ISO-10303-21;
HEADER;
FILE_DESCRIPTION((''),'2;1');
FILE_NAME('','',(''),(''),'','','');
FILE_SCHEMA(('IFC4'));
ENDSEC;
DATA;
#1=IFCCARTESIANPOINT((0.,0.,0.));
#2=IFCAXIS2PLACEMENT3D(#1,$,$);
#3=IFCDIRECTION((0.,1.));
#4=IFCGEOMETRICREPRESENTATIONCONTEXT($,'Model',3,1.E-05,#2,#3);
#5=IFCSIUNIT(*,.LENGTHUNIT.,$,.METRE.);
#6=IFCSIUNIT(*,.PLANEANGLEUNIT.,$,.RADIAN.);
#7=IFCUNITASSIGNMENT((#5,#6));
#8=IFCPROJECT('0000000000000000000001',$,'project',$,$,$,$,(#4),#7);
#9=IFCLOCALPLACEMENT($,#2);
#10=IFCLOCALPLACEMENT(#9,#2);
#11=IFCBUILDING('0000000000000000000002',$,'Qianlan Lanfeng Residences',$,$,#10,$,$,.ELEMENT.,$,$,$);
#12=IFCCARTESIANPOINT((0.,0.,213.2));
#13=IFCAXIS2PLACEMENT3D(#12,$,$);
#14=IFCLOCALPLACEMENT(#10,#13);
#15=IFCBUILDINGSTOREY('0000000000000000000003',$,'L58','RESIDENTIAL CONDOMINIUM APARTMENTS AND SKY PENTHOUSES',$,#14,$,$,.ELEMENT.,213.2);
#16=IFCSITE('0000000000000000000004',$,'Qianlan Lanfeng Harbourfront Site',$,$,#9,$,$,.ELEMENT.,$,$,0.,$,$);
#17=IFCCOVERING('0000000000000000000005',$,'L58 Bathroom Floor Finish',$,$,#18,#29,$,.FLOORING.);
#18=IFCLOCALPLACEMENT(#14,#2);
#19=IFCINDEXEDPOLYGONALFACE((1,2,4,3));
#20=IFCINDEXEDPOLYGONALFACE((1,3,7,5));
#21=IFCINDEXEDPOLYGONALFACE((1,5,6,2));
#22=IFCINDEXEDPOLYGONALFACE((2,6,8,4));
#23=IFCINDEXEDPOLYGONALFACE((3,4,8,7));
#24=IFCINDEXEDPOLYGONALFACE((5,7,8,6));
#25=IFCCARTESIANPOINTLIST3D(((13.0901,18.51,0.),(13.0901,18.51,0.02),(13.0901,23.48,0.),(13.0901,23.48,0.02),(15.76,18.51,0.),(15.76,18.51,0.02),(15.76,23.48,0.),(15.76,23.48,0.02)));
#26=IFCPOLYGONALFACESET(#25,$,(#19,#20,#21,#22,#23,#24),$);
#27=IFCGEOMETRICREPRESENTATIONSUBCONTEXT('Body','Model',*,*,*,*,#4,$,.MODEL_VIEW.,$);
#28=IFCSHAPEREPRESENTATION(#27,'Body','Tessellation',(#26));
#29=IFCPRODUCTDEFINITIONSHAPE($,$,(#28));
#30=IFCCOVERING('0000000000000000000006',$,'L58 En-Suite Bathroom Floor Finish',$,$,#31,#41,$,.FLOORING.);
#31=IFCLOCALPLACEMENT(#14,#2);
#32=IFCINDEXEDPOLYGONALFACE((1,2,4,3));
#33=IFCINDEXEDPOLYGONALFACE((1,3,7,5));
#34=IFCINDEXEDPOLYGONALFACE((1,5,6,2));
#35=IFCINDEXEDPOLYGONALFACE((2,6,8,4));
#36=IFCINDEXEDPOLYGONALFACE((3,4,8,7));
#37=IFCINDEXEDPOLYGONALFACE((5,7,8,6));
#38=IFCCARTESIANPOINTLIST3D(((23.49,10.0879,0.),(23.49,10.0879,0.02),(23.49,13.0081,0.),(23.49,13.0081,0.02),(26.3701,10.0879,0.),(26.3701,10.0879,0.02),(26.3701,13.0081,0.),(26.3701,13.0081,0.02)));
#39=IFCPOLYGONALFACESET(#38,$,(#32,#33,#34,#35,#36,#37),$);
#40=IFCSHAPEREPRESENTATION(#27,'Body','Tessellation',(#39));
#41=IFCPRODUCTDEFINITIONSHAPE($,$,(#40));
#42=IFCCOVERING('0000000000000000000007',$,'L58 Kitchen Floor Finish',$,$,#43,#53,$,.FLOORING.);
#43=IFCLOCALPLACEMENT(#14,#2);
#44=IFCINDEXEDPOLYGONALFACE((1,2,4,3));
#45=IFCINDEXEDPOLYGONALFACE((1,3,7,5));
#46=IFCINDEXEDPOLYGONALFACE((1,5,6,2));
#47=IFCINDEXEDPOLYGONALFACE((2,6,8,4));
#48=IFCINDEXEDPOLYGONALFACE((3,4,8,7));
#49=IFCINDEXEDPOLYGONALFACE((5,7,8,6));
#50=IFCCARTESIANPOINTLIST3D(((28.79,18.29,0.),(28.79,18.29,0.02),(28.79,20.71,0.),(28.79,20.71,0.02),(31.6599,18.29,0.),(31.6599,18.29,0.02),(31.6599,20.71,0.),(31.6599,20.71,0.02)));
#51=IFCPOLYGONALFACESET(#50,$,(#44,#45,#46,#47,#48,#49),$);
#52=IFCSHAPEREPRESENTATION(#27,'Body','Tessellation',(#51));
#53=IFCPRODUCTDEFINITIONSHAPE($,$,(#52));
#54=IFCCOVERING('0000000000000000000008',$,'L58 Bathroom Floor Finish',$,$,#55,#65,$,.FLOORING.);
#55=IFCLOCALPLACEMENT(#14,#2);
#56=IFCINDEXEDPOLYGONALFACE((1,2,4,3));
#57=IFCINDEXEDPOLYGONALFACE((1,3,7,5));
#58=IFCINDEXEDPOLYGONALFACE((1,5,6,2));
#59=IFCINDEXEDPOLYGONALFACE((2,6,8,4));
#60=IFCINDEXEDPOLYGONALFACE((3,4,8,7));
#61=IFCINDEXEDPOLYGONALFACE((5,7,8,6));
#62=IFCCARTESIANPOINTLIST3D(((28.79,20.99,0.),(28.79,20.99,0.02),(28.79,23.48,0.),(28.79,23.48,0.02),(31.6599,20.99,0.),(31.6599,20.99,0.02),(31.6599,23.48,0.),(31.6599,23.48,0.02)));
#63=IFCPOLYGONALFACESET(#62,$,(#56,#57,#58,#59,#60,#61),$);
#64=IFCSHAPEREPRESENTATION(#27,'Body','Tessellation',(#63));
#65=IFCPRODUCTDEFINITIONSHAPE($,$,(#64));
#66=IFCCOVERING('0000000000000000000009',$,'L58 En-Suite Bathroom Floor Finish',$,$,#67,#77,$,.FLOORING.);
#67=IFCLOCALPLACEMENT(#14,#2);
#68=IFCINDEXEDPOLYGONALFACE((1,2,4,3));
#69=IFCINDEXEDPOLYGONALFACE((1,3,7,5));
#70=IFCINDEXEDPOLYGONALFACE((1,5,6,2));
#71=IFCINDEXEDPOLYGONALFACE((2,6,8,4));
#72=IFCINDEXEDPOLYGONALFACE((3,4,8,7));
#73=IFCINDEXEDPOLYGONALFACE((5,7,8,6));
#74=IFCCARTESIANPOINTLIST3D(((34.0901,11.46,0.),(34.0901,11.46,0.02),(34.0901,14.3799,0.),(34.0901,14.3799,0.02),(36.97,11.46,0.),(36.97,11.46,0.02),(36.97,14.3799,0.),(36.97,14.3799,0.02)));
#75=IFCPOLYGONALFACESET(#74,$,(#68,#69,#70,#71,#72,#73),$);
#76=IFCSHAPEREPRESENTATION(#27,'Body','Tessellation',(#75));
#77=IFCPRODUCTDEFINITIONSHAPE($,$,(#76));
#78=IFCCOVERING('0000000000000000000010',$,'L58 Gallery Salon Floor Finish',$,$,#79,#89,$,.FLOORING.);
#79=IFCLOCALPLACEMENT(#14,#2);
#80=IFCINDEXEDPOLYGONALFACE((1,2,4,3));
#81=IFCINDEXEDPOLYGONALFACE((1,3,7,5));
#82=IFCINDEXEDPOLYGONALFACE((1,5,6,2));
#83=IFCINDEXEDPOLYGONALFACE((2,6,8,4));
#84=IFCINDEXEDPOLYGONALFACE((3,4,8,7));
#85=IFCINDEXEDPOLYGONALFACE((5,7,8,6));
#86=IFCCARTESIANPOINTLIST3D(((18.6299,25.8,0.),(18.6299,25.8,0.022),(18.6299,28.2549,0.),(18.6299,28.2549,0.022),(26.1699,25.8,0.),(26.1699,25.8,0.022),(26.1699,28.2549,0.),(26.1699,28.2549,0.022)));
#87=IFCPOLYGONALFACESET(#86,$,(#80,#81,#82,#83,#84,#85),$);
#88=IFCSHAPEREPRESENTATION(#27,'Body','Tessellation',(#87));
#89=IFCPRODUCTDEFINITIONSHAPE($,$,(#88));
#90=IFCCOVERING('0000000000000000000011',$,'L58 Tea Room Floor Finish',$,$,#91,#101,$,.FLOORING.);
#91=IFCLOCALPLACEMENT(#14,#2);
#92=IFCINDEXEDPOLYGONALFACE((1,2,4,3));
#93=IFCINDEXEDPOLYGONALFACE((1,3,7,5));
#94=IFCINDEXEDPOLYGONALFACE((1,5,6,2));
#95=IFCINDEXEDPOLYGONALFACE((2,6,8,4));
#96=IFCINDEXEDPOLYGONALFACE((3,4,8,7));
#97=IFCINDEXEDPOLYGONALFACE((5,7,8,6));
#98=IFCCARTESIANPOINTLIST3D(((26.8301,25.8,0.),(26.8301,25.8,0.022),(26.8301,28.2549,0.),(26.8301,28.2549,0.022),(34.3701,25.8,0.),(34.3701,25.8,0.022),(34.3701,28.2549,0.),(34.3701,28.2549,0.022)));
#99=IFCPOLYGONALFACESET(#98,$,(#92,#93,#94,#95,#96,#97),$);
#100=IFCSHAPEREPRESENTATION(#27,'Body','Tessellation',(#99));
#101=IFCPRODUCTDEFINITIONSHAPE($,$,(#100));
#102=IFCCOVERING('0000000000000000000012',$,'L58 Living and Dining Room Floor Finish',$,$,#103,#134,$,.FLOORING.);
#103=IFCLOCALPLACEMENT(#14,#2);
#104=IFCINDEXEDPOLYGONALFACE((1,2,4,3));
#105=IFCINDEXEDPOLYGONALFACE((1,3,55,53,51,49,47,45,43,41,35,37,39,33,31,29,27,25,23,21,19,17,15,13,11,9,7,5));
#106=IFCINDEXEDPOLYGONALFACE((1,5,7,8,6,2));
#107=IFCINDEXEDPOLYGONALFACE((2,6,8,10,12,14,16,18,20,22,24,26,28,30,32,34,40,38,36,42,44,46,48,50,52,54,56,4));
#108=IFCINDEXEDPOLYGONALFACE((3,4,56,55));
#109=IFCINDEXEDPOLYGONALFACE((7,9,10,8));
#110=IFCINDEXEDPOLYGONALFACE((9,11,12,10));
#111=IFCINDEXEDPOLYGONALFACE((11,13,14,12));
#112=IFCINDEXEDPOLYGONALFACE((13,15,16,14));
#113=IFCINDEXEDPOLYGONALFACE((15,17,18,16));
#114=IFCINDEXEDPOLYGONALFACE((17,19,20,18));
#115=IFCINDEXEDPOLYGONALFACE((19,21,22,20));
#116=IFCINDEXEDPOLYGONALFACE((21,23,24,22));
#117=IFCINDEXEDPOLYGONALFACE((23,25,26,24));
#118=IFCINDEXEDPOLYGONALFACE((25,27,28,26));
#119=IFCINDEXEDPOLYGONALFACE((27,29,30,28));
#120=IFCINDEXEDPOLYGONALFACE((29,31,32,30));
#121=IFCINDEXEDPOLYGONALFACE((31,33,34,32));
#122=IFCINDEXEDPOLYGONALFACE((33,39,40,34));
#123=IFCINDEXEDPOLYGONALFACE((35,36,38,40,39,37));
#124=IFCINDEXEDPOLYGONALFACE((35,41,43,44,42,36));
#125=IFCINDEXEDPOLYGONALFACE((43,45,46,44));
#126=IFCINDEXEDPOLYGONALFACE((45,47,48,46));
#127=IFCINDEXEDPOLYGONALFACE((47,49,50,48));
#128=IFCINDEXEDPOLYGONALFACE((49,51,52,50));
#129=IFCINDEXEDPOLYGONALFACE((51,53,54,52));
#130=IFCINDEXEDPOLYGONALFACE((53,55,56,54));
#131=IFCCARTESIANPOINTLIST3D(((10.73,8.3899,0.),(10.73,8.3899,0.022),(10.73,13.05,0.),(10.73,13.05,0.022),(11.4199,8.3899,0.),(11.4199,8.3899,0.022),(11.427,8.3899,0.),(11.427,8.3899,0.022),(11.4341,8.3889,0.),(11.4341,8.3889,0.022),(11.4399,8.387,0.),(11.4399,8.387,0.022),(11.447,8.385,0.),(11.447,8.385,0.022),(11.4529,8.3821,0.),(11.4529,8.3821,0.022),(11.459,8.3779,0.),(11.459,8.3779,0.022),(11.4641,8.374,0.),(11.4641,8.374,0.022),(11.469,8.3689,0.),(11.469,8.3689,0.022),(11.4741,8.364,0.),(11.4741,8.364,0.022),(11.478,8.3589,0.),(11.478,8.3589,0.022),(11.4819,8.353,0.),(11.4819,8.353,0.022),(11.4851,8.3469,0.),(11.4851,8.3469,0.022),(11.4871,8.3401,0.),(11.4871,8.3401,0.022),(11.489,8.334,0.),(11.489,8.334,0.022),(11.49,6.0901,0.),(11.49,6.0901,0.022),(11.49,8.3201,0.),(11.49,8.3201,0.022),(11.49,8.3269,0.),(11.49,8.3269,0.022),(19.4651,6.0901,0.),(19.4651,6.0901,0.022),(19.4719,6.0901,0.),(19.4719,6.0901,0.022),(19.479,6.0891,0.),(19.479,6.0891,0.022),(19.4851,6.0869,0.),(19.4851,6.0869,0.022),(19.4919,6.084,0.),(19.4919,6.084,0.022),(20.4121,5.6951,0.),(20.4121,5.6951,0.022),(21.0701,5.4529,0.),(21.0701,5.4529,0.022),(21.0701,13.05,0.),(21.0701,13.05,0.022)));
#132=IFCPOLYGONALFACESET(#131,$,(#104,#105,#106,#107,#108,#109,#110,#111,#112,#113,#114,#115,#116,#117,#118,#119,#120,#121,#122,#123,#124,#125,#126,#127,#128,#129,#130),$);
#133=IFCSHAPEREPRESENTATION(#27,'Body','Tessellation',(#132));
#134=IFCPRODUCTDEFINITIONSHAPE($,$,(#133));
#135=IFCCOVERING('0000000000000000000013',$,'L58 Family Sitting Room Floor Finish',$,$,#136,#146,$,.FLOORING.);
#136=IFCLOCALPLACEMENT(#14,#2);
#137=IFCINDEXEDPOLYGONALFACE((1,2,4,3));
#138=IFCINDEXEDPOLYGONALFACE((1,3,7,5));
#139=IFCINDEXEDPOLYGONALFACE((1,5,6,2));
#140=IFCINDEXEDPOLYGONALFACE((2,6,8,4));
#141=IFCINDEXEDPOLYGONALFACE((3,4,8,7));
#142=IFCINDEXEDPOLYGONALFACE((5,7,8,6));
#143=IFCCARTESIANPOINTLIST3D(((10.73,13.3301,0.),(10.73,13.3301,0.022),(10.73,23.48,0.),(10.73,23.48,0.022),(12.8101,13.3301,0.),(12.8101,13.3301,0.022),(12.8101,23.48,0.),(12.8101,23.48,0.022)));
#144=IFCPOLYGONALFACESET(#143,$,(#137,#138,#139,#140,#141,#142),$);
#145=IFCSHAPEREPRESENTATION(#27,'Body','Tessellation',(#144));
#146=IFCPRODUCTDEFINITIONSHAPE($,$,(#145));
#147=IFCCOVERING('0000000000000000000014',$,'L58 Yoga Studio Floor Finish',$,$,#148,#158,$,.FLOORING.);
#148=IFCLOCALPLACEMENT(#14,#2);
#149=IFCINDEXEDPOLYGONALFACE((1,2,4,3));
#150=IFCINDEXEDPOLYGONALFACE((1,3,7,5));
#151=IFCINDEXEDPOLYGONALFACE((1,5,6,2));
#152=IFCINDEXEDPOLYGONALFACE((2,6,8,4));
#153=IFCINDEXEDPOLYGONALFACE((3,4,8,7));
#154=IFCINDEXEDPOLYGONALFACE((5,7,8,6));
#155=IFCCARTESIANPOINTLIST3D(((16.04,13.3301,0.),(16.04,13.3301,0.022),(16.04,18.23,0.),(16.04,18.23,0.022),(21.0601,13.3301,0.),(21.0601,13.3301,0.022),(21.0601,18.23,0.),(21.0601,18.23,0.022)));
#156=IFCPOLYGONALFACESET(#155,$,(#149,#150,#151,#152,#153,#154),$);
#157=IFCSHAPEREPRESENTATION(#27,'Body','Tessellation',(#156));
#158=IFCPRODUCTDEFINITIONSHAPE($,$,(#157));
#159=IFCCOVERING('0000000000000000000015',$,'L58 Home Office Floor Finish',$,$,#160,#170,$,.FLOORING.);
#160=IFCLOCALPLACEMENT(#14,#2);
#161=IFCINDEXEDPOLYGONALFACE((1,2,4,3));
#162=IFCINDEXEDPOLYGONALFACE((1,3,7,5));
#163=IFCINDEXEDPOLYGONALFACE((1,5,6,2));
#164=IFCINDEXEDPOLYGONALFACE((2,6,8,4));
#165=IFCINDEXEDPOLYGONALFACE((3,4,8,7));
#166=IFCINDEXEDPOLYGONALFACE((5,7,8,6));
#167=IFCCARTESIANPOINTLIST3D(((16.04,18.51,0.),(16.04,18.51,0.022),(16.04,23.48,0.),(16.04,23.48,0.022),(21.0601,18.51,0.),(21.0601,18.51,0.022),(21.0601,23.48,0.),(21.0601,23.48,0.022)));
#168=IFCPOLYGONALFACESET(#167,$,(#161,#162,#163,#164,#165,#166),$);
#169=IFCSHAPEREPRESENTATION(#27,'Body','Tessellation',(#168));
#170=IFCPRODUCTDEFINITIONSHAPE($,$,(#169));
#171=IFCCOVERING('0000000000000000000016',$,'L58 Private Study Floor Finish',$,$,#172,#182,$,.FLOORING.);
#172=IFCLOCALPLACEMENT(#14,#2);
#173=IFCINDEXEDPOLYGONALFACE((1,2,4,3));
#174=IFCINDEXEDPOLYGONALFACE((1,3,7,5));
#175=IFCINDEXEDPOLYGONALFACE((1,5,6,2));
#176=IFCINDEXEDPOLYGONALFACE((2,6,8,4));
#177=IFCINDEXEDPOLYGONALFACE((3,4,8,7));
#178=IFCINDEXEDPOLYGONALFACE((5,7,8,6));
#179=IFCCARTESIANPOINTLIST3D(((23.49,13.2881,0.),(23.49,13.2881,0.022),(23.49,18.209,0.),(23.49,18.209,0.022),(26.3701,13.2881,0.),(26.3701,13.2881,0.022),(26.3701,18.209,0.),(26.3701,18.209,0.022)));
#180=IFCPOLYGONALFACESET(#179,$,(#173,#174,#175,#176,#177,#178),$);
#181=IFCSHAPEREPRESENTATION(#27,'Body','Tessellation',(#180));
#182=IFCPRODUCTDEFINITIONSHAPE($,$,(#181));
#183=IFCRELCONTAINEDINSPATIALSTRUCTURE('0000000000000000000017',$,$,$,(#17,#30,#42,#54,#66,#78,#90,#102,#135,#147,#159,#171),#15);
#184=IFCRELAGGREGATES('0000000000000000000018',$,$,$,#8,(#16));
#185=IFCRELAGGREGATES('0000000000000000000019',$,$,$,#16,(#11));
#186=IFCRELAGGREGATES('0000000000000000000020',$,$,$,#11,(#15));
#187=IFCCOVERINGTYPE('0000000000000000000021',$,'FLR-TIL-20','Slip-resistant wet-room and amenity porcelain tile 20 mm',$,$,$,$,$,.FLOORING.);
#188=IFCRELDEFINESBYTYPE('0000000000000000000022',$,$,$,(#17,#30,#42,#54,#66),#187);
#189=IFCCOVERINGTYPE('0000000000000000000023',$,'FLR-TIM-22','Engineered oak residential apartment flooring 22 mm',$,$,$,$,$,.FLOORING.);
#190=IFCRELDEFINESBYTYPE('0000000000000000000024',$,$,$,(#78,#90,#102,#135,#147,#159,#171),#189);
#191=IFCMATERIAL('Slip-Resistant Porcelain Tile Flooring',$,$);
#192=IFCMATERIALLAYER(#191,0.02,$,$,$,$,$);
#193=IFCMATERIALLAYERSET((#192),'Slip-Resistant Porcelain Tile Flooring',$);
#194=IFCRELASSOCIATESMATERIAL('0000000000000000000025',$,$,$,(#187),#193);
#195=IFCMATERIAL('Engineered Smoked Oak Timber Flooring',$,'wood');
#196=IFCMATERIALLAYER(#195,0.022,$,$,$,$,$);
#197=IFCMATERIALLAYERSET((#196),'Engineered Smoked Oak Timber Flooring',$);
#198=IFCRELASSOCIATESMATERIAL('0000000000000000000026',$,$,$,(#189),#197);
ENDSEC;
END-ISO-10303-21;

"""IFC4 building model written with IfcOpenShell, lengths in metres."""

from ifc_helpers import new_model, si_unit, direction, frame, origin, place, context, subcontext, project, spatial, polyline, outline, extrude, material, layer, layer_set, type_object, element, save


model = new_model("IFC4")

# Units and contexts
model_context = context("Model", 3, precision=1e-05, world=origin(), true_north=direction((0.0, 1.0)))
body_context = subcontext(model_context, "Body", "Model", "MODEL_VIEW")
ifc_project = project(units=[si_unit("LENGTHUNIT", "METRE"), si_unit("PLANEANGLEUNIT", "RADIAN")], contexts=[model_context])

# Site, building, storey
site_placement = place(None, origin())
site = spatial("IfcSite", under=ifc_project, at=site_placement, Name="Qianlan Lanfeng Harbourfront Site", CompositionType="ELEMENT", RefElevation=0.0)
building_placement = place(site_placement, origin())
building = spatial("IfcBuilding", under=site, at=building_placement, Name="Qianlan Lanfeng Residences", CompositionType="ELEMENT")
storey_placement = place(building_placement, frame((0.0, 0.0, 213.2)))
storey = spatial("IfcBuildingStorey", under=building, at=storey_placement, Name="L58", Description="RESIDENTIAL CONDOMINIUM APARTMENTS AND SKY PENTHOUSES", CompositionType="ELEMENT", Elevation=213.2)

# Coverings
ifc_material_1 = material(Name="Slip-Resistant Porcelain Tile Flooring")
ifc_layer_1 = layer(ifc_material_1, 0.02)
ifc_layer_set_1 = layer_set([ifc_layer_1], Name="Slip-Resistant Porcelain Tile Flooring")
covering_type_1 = type_object("IfcCoveringType", Name="FLR-TIL-20", Description="Slip-resistant wet-room and amenity porcelain tile 20 mm", PredefinedType="FLOORING", material=ifc_layer_set_1)
covering_1_placement = place(storey_placement, origin())
element("IfcCovering", 1, at=covering_1_placement, inside=storey, type_object=covering_type_1, Name="L58 Bathroom Floor Finish", PredefinedType="FLOORING", context=body_context, shape_type="SweptSolid", body=[
    extrude(outline(polyline([(13.0901, 18.51), (15.76, 18.51), (15.76, 23.48), (13.0901, 23.48), (13.0901, 18.51)])), origin(), (0.0, 0.0, 1.0), 0.02),
])
covering_2_placement = place(storey_placement, origin())
element("IfcCovering", 2, at=covering_2_placement, inside=storey, type_object=covering_type_1, Name="L58 En-Suite Bathroom Floor Finish", PredefinedType="FLOORING", context=body_context, shape_type="SweptSolid", body=[
    extrude(outline(polyline([(23.49, 10.0879), (26.3701, 10.0879), (26.3701, 13.0081), (23.49, 13.0081), (23.49, 10.0879)])), origin(), (0.0, 0.0, 1.0), 0.02),
])
covering_3_placement = place(storey_placement, origin())
element("IfcCovering", 3, at=covering_3_placement, inside=storey, type_object=covering_type_1, Name="L58 Kitchen Floor Finish", PredefinedType="FLOORING", context=body_context, shape_type="SweptSolid", body=[
    extrude(outline(polyline([(28.79, 18.29), (31.6599, 18.29), (31.6599, 20.71), (28.79, 20.71), (28.79, 18.29)])), origin(), (0.0, 0.0, 1.0), 0.02),
])
covering_4_placement = place(storey_placement, origin())
element("IfcCovering", 4, at=covering_4_placement, inside=storey, type_object=covering_type_1, Name="L58 Bathroom Floor Finish", PredefinedType="FLOORING", context=body_context, shape_type="SweptSolid", body=[
    extrude(outline(polyline([(28.79, 20.99), (31.6599, 20.99), (31.6599, 23.48), (28.79, 23.48), (28.79, 20.99)])), origin(), (0.0, 0.0, 1.0), 0.02),
])
covering_5_placement = place(storey_placement, origin())
element("IfcCovering", 5, at=covering_5_placement, inside=storey, type_object=covering_type_1, Name="L58 En-Suite Bathroom Floor Finish", PredefinedType="FLOORING", context=body_context, shape_type="SweptSolid", body=[
    extrude(outline(polyline([(34.0901, 11.46), (36.97, 11.46), (36.97, 14.3799), (34.0901, 14.3799), (34.0901, 11.46)])), origin(), (0.0, 0.0, 1.0), 0.02),
])
ifc_material_2 = material(Name="Engineered Smoked Oak Timber Flooring", Category="wood")
ifc_layer_2 = layer(ifc_material_2, 0.022)
ifc_layer_set_2 = layer_set([ifc_layer_2], Name="Engineered Smoked Oak Timber Flooring")
covering_type_2 = type_object("IfcCoveringType", Name="FLR-TIM-22", Description="Engineered oak residential apartment flooring 22 mm", PredefinedType="FLOORING", material=ifc_layer_set_2)
covering_6_placement = place(storey_placement, origin())
element("IfcCovering", 6, at=covering_6_placement, inside=storey, type_object=covering_type_2, Name="L58 Gallery Salon Floor Finish", PredefinedType="FLOORING", context=body_context, shape_type="SweptSolid", body=[
    extrude(outline(polyline([(18.6299, 25.8), (26.1699, 25.8), (26.1699, 28.2549), (18.6299, 28.2549), (18.6299, 25.8)])), origin(), (0.0, 0.0, 1.0), 0.022),
])
covering_7_placement = place(storey_placement, origin())
element("IfcCovering", 7, at=covering_7_placement, inside=storey, type_object=covering_type_2, Name="L58 Tea Room Floor Finish", PredefinedType="FLOORING", context=body_context, shape_type="SweptSolid", body=[
    extrude(outline(polyline([(26.8301, 25.8), (34.3701, 25.8), (34.3701, 28.2549), (26.8301, 28.2549), (26.8301, 25.8)])), origin(), (0.0, 0.0, 1.0), 0.022),
])
covering_8_placement = place(storey_placement, origin())
element("IfcCovering", 8, at=covering_8_placement, inside=storey, type_object=covering_type_2, Name="L58 Living and Dining Room Floor Finish", PredefinedType="FLOORING", context=body_context, shape_type="SweptSolid", body=[
    extrude(outline(polyline([(10.73, 13.05), (10.73, 8.3899), (11.4199, 8.3899), (11.427, 8.3899), (11.4341, 8.3889), (11.4399, 8.387), (11.447, 8.385), (11.4529, 8.3821), (11.459, 8.3779), (11.4641, 8.374), (11.469, 8.3689), (11.4741, 8.364), (11.478, 8.3589), (11.4819, 8.353), (11.4851, 8.3469), (11.4871, 8.3401), (11.489, 8.334), (11.49, 8.3269), (11.49, 8.3201), (11.49, 6.0901), (19.4651, 6.0901), (19.4719, 6.0901), (19.479, 6.0891), (19.4851, 6.0869), (19.4919, 6.084), (20.4121, 5.6951), (21.0701, 5.4529), (21.0701, 13.05), (10.73, 13.05)])), origin(), (0.0, 0.0, 1.0), 0.022),
])
covering_9_placement = place(storey_placement, origin())
element("IfcCovering", 9, at=covering_9_placement, inside=storey, type_object=covering_type_2, Name="L58 Family Sitting Room Floor Finish", PredefinedType="FLOORING", context=body_context, shape_type="SweptSolid", body=[
    extrude(outline(polyline([(10.73, 13.3301), (12.8101, 13.3301), (12.8101, 23.48), (10.73, 23.48), (10.73, 13.3301)])), origin(), (0.0, 0.0, 1.0), 0.022),
])
covering_10_placement = place(storey_placement, origin())
element("IfcCovering", 10, at=covering_10_placement, inside=storey, type_object=covering_type_2, Name="L58 Yoga Studio Floor Finish", PredefinedType="FLOORING", context=body_context, shape_type="SweptSolid", body=[
    extrude(outline(polyline([(16.04, 13.3301), (21.0601, 13.3301), (21.0601, 18.23), (16.04, 18.23), (16.04, 13.3301)])), origin(), (0.0, 0.0, 1.0), 0.022),
])
covering_11_placement = place(storey_placement, origin())
element("IfcCovering", 11, at=covering_11_placement, inside=storey, type_object=covering_type_2, Name="L58 Home Office Floor Finish", PredefinedType="FLOORING", context=body_context, shape_type="SweptSolid", body=[
    extrude(outline(polyline([(16.04, 18.51), (21.0601, 18.51), (21.0601, 23.48), (16.04, 23.48), (16.04, 18.51)])), origin(), (0.0, 0.0, 1.0), 0.022),
])
covering_12_placement = place(storey_placement, origin())
element("IfcCovering", 12, at=covering_12_placement, inside=storey, type_object=covering_type_2, Name="L58 Private Study Floor Finish", PredefinedType="FLOORING", context=body_context, shape_type="SweptSolid", body=[
    extrude(outline(polyline([(23.49, 13.2881), (26.3701, 13.2881), (26.3701, 18.209), (23.49, 18.209), (23.49, 13.2881)])), origin(), (0.0, 0.0, 1.0), 0.022),
])

save(model, "model.ifc")
